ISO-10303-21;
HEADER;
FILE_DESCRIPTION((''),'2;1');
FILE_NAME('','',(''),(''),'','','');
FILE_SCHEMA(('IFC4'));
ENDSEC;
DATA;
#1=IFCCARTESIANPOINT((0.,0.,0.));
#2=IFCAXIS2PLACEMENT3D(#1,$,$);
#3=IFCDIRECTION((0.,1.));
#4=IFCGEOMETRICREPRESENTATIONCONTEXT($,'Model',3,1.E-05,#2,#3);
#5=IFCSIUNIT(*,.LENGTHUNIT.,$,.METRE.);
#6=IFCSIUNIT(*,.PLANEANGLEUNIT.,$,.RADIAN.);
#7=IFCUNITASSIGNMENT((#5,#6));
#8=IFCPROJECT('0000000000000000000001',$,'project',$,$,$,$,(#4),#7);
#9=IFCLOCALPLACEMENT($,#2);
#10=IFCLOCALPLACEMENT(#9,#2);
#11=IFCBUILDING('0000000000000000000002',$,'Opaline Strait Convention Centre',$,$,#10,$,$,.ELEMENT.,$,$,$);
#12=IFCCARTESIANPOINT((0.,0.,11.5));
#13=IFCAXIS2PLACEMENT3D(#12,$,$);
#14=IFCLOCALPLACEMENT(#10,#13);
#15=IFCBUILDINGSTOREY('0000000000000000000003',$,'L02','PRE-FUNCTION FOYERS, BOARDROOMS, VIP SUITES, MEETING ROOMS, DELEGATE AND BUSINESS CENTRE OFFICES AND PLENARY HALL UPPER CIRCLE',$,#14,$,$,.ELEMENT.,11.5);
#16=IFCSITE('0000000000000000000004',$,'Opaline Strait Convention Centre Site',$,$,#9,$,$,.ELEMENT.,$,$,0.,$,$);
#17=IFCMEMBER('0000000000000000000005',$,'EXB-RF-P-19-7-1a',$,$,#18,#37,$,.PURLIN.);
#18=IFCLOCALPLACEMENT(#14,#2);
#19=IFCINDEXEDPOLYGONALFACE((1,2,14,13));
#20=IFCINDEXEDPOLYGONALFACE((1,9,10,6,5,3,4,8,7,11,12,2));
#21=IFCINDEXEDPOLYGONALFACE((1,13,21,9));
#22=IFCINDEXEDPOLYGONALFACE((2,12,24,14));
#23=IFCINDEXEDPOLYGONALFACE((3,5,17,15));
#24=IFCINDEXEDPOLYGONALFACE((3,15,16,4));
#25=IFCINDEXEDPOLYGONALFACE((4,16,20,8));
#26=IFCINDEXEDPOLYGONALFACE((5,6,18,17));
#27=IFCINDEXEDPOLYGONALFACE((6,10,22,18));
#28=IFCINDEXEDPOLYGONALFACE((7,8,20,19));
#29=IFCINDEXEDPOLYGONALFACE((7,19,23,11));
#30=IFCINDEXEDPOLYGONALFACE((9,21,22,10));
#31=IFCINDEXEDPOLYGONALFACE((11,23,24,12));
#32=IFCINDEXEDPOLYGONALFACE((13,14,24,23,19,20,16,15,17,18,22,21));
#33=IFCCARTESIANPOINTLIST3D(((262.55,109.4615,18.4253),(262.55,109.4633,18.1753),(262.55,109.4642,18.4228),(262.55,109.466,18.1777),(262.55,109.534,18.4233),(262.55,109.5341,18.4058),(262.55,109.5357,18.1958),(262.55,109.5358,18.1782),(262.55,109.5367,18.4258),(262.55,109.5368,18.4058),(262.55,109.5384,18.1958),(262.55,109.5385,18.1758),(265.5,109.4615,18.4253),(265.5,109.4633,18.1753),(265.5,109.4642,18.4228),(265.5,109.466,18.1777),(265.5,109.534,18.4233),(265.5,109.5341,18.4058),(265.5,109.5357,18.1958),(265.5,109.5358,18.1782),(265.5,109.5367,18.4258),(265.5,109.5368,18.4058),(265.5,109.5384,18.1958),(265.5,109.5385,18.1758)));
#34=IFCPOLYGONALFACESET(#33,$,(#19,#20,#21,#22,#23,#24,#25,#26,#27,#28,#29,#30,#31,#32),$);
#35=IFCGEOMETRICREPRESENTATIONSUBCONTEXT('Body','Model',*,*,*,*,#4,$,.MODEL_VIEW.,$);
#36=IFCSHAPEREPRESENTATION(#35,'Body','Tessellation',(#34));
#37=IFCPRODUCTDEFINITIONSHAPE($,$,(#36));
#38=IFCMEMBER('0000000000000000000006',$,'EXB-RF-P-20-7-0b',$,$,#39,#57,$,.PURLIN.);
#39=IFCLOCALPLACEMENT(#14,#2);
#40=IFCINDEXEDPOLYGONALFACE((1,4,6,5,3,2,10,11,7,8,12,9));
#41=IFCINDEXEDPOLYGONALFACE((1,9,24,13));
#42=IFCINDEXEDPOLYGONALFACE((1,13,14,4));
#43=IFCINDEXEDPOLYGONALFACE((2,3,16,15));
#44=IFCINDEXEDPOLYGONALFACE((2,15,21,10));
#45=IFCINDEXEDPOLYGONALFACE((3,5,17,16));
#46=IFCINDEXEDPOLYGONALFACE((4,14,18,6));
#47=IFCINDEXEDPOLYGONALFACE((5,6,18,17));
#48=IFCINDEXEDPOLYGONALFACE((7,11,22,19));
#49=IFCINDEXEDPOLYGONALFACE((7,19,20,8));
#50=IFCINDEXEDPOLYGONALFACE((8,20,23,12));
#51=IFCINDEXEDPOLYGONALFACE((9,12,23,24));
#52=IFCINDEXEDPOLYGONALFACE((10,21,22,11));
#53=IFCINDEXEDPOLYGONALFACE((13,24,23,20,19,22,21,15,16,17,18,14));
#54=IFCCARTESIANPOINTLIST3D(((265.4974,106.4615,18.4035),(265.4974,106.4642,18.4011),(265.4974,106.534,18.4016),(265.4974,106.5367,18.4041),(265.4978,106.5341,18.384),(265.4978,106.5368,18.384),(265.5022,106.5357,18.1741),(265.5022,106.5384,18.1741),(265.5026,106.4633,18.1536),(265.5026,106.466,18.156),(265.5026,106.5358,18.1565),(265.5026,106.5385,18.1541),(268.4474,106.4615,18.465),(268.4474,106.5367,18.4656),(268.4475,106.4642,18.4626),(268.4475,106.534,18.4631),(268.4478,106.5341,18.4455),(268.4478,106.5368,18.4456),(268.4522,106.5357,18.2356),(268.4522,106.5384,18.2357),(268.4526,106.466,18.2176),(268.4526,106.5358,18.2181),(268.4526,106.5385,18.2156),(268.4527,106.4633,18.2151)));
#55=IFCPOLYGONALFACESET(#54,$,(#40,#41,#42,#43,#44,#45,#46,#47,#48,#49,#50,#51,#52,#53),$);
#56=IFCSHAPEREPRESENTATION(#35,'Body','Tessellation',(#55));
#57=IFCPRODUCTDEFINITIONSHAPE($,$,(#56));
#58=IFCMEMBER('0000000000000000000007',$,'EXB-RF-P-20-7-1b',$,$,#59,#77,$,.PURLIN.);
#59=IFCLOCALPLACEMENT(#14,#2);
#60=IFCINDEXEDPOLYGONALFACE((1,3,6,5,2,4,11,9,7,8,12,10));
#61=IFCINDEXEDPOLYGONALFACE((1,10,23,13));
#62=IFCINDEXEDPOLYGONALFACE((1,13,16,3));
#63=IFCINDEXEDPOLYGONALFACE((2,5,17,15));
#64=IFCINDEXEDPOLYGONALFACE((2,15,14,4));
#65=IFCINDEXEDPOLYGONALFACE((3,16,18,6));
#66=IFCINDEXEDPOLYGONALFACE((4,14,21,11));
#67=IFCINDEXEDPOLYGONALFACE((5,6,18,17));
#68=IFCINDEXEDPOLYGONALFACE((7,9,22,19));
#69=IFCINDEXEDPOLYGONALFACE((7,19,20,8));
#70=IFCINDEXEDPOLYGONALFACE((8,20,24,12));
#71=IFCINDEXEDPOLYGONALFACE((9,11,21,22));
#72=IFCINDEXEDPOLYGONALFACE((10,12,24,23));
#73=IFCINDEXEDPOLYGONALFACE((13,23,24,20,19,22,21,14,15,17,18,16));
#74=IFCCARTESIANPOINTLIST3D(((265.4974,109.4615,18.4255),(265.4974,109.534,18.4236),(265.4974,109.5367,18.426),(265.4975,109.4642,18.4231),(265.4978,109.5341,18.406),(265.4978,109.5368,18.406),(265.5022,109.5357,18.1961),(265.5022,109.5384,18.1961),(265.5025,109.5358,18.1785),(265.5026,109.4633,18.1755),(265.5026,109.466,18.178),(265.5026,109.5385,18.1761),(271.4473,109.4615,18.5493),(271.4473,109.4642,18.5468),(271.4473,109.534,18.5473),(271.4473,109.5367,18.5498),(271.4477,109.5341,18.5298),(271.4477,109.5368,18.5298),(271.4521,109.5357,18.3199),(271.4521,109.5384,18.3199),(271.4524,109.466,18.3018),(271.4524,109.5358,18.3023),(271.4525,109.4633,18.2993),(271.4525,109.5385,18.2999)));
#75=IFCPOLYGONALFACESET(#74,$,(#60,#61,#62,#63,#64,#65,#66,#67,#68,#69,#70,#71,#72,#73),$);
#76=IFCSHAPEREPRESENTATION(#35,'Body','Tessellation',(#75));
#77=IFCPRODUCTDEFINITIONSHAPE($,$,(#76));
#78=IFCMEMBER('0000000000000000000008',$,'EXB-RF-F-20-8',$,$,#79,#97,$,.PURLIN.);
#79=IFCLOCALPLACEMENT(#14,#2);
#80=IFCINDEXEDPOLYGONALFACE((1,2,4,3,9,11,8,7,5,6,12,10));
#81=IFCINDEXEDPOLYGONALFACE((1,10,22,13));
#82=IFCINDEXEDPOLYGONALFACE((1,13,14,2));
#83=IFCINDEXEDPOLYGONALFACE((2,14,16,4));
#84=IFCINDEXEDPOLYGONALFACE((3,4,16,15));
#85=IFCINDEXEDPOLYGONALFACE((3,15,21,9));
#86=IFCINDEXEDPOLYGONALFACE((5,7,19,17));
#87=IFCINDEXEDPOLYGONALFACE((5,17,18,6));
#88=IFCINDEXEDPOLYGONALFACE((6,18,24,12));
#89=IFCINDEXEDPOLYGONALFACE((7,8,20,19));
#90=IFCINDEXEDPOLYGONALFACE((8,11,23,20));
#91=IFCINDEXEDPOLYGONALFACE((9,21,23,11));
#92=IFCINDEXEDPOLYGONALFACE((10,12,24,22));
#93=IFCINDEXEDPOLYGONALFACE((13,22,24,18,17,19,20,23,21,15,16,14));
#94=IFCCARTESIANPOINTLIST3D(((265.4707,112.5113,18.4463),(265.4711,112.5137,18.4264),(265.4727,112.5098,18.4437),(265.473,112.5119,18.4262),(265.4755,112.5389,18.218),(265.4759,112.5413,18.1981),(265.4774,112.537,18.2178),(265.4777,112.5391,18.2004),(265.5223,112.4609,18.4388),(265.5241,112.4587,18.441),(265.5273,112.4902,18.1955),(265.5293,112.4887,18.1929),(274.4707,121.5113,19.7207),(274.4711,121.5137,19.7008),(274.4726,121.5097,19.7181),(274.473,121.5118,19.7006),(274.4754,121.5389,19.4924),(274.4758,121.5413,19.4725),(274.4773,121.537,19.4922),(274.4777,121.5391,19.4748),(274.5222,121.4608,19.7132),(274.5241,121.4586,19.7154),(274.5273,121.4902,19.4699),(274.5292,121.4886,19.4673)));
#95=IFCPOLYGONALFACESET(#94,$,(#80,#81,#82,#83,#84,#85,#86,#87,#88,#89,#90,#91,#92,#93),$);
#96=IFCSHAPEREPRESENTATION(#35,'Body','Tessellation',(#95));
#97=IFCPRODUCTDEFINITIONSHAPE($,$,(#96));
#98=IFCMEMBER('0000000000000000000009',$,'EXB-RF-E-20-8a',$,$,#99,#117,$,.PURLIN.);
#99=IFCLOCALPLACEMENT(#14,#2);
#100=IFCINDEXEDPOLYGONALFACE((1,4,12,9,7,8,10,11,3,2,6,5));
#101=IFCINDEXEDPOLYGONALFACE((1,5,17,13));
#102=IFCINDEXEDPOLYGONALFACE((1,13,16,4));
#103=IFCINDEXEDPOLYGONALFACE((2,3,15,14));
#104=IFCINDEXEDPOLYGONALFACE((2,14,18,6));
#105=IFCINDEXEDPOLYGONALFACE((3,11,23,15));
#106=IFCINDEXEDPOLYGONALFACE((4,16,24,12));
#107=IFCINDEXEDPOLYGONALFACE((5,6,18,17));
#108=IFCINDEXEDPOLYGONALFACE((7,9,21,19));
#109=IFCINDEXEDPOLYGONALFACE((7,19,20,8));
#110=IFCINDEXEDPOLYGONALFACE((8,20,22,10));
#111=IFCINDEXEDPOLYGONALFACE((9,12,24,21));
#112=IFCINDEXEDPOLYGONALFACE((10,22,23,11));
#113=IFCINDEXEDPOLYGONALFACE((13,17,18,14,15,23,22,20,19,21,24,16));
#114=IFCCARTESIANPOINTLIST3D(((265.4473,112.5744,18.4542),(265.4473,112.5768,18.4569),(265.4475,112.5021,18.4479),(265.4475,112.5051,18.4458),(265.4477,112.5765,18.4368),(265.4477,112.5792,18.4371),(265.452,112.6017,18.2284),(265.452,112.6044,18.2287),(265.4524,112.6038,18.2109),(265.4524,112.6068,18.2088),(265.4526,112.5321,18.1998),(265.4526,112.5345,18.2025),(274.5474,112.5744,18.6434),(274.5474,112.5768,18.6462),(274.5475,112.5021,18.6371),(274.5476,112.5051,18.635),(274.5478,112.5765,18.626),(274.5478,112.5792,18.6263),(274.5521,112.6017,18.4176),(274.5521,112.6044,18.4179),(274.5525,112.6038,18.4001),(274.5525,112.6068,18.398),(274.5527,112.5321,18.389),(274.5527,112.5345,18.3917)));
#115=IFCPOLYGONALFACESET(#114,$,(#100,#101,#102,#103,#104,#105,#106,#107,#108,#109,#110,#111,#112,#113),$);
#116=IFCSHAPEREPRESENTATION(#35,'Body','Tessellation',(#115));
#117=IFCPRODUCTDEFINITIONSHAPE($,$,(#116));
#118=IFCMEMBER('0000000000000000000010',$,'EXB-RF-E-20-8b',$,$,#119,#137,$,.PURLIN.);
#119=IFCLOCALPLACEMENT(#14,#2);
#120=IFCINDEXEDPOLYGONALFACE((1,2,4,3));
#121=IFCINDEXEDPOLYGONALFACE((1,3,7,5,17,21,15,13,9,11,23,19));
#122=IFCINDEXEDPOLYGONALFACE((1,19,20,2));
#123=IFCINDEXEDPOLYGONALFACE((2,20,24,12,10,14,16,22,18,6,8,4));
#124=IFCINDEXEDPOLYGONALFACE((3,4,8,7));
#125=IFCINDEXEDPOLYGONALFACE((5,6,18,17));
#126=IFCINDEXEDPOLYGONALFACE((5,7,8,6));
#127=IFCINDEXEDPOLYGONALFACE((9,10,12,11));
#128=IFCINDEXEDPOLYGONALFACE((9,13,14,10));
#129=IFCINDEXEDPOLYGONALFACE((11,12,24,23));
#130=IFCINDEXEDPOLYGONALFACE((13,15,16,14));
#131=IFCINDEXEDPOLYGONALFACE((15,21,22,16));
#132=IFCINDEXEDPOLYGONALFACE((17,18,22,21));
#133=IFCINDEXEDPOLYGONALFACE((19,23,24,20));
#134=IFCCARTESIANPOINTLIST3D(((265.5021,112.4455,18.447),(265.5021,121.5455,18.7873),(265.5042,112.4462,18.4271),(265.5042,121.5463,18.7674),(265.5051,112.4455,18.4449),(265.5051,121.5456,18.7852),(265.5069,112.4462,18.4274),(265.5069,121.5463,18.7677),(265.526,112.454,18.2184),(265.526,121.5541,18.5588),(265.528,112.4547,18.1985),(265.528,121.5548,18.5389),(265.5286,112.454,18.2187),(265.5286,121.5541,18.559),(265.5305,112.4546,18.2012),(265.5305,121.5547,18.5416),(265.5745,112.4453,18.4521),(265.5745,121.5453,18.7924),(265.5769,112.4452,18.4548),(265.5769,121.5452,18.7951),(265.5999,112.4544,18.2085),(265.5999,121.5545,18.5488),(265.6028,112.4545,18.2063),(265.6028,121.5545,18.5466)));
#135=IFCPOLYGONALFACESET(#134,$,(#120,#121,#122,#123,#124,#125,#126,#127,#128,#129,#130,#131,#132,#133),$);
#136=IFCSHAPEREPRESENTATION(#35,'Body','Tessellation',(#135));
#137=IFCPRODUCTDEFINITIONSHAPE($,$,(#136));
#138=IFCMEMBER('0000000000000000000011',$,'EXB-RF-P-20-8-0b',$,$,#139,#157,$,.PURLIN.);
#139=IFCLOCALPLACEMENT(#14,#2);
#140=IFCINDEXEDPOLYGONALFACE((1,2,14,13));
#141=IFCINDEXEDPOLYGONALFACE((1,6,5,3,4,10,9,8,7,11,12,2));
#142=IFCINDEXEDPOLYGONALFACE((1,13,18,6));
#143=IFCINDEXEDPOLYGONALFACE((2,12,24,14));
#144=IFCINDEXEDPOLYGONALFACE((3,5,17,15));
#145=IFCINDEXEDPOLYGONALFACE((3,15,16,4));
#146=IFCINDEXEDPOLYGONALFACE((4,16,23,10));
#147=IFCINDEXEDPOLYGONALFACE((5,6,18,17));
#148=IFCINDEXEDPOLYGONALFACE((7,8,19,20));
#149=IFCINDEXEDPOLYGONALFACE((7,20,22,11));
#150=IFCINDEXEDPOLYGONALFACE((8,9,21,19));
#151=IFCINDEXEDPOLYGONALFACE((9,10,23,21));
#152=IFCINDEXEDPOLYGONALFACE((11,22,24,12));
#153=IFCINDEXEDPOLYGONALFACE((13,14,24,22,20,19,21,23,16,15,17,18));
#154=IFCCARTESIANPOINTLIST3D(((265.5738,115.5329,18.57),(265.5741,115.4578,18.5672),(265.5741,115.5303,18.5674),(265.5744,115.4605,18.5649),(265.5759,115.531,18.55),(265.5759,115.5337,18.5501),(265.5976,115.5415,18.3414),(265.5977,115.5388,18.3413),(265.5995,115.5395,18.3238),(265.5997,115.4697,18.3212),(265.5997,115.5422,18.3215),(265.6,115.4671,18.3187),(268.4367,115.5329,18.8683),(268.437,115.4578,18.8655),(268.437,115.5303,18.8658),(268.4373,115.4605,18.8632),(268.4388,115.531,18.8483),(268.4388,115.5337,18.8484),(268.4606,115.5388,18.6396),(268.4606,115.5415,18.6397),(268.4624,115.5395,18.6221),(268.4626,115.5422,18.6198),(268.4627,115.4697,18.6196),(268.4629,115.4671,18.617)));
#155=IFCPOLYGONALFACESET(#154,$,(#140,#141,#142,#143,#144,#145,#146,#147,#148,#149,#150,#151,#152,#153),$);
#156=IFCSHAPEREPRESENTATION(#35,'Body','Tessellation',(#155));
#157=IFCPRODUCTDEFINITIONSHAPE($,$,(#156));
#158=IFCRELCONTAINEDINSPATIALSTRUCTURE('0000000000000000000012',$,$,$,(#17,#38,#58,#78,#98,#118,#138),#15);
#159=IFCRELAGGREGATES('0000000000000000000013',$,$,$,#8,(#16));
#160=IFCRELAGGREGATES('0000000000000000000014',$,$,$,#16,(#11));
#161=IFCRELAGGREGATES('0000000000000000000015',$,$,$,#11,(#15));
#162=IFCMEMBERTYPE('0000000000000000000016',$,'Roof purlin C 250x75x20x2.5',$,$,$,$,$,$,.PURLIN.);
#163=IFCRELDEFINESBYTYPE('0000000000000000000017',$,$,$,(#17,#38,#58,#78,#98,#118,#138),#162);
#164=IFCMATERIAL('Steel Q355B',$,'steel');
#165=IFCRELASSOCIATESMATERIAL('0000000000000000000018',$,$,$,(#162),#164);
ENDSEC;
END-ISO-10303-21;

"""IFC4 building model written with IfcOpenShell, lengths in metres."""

from ifc_helpers import new_model, si_unit, direction, frame, origin, place, context, subcontext, project, spatial, polyline, outline, extrude, material, material_profile, profile_set, type_object, element, save


model = new_model("IFC4")

# Units and contexts
model_context = context("Model", 3, precision=1e-05, world=origin(), true_north=direction((0.0, 1.0)))
body_context = subcontext(model_context, "Body", "Model", "MODEL_VIEW")
ifc_project = project(units=[si_unit("LENGTHUNIT", "METRE"), si_unit("PLANEANGLEUNIT", "RADIAN")], contexts=[model_context])

# Site, building, storey
site_placement = place(None, origin())
site = spatial("IfcSite", under=ifc_project, at=site_placement, Name="Opaline Strait Convention Centre Site", CompositionType="ELEMENT", RefElevation=0.0)
building_placement = place(site_placement, origin())
building = spatial("IfcBuilding", under=site, at=building_placement, Name="Opaline Strait Convention Centre", CompositionType="ELEMENT")
storey_placement = place(building_placement, frame((0.0, 0.0, 11.5)))
storey = spatial("IfcBuildingStorey", under=building, at=storey_placement, Name="L02", Description="PRE-FUNCTION FOYERS, BOARDROOMS, VIP SUITES, MEETING ROOMS, DELEGATE AND BUSINESS CENTRE OFFICES AND PLENARY HALL UPPER CIRCLE", CompositionType="ELEMENT", Elevation=11.5)

# Members
ifc_material_1 = material(Name="Steel Q355B", Category="steel")
ifc_material_profile_1 = material_profile(ifc_material_1, outline(polyline([(-0.0376, -0.125), (0.0376, -0.125), (0.0376, -0.105), (0.0349, -0.105), (0.0349, -0.1226), (-0.0349, -0.1226), (-0.0349, 0.1226), (0.0349, 0.1226), (0.0349, 0.105), (0.0376, 0.105), (0.0376, 0.125), (-0.0376, 0.125), (-0.0376, -0.125)])), Name="C 250x75x20x2.5")
ifc_profile_set_1 = profile_set([ifc_material_profile_1], Name="Steel Q355B")
member_type_1 = type_object("IfcMemberType", Name="Roof purlin C 250x75x20x2.5", PredefinedType="PURLIN", material=ifc_profile_set_1)
member_1_placement = place(storey_placement, frame((262.55, 109.5, 18.3005), z_axis=(1.0, 0.0, 0.0), x_axis=(0.0, 0.999974, 0.007274)))
element("IfcMember", 1, at=member_1_placement, inside=storey, type_object=member_type_1, Name="EXB-RF-P-19-7-1a", PredefinedType="PURLIN", context=body_context, shape_type="SweptSolid", body=[
    extrude(outline(polyline([(-0.0376, -0.125), (0.0376, -0.125), (0.0376, -0.105), (0.0349, -0.105), (0.0349, -0.1226), (-0.0349, -0.1226), (-0.0349, 0.1226), (0.0349, 0.1226), (0.0349, 0.105), (0.0376, 0.105), (0.0376, 0.125), (-0.0376, 0.125), (-0.0376, -0.125)])), origin(), (0.0, 0.0, 1.0), 2.95),
])
member_2_placement = place(storey_placement, frame((265.5, 106.5, 18.2788), z_axis=(0.999783, 0.0, 0.020851), x_axis=(-0.000152, 0.999974, 0.007273)))
element("IfcMember", 2, at=member_2_placement, inside=storey, type_object=member_type_1, Name="EXB-RF-P-20-7-0b", PredefinedType="PURLIN", context=body_context, shape_type="SweptSolid", body=[
    extrude(outline(polyline([(-0.0376, -0.125), (0.0376, -0.125), (0.0376, -0.105), (0.0349, -0.105), (0.0349, -0.1226), (-0.0349, -0.1226), (-0.0349, 0.1226), (0.0349, 0.1226), (0.0349, 0.105), (0.0376, 0.105), (0.0376, 0.125), (-0.0376, 0.125), (-0.0376, -0.125)])), origin(), (0.0, 0.0, 1.0), 2.9507),
])
member_3_placement = place(storey_placement, frame((265.5, 109.5, 18.3008), z_axis=(0.999784, 0.0, 0.020799), x_axis=(-0.000151, 0.999974, 0.007273)))
element("IfcMember", 3, at=member_3_placement, inside=storey, type_object=member_type_1, Name="EXB-RF-P-20-7-1b", PredefinedType="PURLIN", context=body_context, shape_type="SweptSolid", body=[
    extrude(outline(polyline([(-0.0376, -0.125), (0.0376, -0.125), (0.0376, -0.105), (0.0349, -0.105), (0.0349, -0.1226), (-0.0349, -0.1226), (-0.0349, 0.1226), (0.0349, 0.1226), (0.0349, 0.105), (0.0376, 0.105), (0.0376, 0.125), (-0.0376, 0.125), (-0.0376, -0.125)])), origin(), (0.0, 0.0, 1.0), 5.9512),
])
member_4_placement = place(storey_placement, frame((265.5, 112.5, 18.3196), z_axis=(0.703589, 0.703589, 0.099629), x_axis=(-0.710307, 0.700419, 0.069829)))
element("IfcMember", 4, at=member_4_placement, inside=storey, type_object=member_type_1, Name="EXB-RF-F-20-8", PredefinedType="PURLIN", context=body_context, shape_type="SweptSolid", body=[
    extrude(outline(polyline([(-0.0376, -0.125), (0.0376, -0.125), (0.0376, -0.105), (0.0349, -0.105), (0.0349, -0.1226), (-0.0349, -0.1226), (-0.0349, 0.1226), (0.0349, 0.1226), (0.0349, 0.105), (0.0376, 0.105), (0.0376, 0.125), (-0.0376, 0.125), (-0.0376, -0.125)])), origin(), (0.0, 0.0, 1.0), 12.7915),
])
member_5_placement = place(storey_placement, frame((265.45, 112.5544, 18.3284), z_axis=(0.999784, 0.0, 0.020787), x_axis=(-0.002492, 0.992786, 0.11987)))
element("IfcMember", 5, at=member_5_placement, inside=storey, type_object=member_type_1, Name="EXB-RF-E-20-8a", PredefinedType="PURLIN", context=body_context, shape_type="SweptSolid", body=[
    extrude(outline(polyline([(-0.0376, -0.125), (0.0376, -0.125), (0.0376, -0.105), (0.0349, -0.105), (0.0349, -0.1226), (-0.0349, -0.1226), (-0.0349, 0.1226), (0.0349, 0.1226), (0.0349, 0.105), (0.0376, 0.105), (0.0376, 0.125), (-0.0376, 0.125), (-0.0376, -0.125)])), origin(), (0.0, 0.0, 1.0), 9.1021),
])
member_6_placement = place(storey_placement, frame((265.5525, 112.45, 18.3267), z_axis=(0.0, 0.999301, 0.037373), x_axis=(-0.99462, 0.003871, -0.103515)))
element("IfcMember", 6, at=member_6_placement, inside=storey, type_object=member_type_1, Name="EXB-RF-E-20-8b", PredefinedType="PURLIN", context=body_context, shape_type="SweptSolid", body=[
    extrude(outline(polyline([(-0.0376, -0.125), (0.0376, -0.125), (0.0376, -0.105), (0.0349, -0.105), (0.0349, -0.1226), (-0.0349, -0.1226), (-0.0349, 0.1226), (0.0349, 0.1226), (0.0349, 0.105), (0.0376, 0.105), (0.0376, 0.125), (-0.0376, 0.125), (-0.0376, -0.125)])), origin(), (0.0, 0.0, 1.0), 9.1064),
])
member_7_placement = place(storey_placement, frame((265.5869, 115.5, 18.4443), z_axis=(0.994615, 0.0, 0.103643), x_axis=(-0.003871, 0.999302, 0.037151)))
element("IfcMember", 7, at=member_7_placement, inside=storey, type_object=member_type_1, Name="EXB-RF-P-20-8-0b", PredefinedType="PURLIN", context=body_context, shape_type="SweptSolid", body=[
    extrude(outline(polyline([(-0.0376, -0.125), (0.0376, -0.125), (0.0376, -0.105), (0.0349, -0.105), (0.0349, -0.1226), (-0.0349, -0.1226), (-0.0349, 0.1226), (0.0349, 0.1226), (0.0349, 0.105), (0.0376, 0.105), (0.0376, 0.125), (-0.0376, 0.125), (-0.0376, -0.125)])), origin(), (0.0, 0.0, 1.0), 2.8784),
])

save(model, "model.ifc")
